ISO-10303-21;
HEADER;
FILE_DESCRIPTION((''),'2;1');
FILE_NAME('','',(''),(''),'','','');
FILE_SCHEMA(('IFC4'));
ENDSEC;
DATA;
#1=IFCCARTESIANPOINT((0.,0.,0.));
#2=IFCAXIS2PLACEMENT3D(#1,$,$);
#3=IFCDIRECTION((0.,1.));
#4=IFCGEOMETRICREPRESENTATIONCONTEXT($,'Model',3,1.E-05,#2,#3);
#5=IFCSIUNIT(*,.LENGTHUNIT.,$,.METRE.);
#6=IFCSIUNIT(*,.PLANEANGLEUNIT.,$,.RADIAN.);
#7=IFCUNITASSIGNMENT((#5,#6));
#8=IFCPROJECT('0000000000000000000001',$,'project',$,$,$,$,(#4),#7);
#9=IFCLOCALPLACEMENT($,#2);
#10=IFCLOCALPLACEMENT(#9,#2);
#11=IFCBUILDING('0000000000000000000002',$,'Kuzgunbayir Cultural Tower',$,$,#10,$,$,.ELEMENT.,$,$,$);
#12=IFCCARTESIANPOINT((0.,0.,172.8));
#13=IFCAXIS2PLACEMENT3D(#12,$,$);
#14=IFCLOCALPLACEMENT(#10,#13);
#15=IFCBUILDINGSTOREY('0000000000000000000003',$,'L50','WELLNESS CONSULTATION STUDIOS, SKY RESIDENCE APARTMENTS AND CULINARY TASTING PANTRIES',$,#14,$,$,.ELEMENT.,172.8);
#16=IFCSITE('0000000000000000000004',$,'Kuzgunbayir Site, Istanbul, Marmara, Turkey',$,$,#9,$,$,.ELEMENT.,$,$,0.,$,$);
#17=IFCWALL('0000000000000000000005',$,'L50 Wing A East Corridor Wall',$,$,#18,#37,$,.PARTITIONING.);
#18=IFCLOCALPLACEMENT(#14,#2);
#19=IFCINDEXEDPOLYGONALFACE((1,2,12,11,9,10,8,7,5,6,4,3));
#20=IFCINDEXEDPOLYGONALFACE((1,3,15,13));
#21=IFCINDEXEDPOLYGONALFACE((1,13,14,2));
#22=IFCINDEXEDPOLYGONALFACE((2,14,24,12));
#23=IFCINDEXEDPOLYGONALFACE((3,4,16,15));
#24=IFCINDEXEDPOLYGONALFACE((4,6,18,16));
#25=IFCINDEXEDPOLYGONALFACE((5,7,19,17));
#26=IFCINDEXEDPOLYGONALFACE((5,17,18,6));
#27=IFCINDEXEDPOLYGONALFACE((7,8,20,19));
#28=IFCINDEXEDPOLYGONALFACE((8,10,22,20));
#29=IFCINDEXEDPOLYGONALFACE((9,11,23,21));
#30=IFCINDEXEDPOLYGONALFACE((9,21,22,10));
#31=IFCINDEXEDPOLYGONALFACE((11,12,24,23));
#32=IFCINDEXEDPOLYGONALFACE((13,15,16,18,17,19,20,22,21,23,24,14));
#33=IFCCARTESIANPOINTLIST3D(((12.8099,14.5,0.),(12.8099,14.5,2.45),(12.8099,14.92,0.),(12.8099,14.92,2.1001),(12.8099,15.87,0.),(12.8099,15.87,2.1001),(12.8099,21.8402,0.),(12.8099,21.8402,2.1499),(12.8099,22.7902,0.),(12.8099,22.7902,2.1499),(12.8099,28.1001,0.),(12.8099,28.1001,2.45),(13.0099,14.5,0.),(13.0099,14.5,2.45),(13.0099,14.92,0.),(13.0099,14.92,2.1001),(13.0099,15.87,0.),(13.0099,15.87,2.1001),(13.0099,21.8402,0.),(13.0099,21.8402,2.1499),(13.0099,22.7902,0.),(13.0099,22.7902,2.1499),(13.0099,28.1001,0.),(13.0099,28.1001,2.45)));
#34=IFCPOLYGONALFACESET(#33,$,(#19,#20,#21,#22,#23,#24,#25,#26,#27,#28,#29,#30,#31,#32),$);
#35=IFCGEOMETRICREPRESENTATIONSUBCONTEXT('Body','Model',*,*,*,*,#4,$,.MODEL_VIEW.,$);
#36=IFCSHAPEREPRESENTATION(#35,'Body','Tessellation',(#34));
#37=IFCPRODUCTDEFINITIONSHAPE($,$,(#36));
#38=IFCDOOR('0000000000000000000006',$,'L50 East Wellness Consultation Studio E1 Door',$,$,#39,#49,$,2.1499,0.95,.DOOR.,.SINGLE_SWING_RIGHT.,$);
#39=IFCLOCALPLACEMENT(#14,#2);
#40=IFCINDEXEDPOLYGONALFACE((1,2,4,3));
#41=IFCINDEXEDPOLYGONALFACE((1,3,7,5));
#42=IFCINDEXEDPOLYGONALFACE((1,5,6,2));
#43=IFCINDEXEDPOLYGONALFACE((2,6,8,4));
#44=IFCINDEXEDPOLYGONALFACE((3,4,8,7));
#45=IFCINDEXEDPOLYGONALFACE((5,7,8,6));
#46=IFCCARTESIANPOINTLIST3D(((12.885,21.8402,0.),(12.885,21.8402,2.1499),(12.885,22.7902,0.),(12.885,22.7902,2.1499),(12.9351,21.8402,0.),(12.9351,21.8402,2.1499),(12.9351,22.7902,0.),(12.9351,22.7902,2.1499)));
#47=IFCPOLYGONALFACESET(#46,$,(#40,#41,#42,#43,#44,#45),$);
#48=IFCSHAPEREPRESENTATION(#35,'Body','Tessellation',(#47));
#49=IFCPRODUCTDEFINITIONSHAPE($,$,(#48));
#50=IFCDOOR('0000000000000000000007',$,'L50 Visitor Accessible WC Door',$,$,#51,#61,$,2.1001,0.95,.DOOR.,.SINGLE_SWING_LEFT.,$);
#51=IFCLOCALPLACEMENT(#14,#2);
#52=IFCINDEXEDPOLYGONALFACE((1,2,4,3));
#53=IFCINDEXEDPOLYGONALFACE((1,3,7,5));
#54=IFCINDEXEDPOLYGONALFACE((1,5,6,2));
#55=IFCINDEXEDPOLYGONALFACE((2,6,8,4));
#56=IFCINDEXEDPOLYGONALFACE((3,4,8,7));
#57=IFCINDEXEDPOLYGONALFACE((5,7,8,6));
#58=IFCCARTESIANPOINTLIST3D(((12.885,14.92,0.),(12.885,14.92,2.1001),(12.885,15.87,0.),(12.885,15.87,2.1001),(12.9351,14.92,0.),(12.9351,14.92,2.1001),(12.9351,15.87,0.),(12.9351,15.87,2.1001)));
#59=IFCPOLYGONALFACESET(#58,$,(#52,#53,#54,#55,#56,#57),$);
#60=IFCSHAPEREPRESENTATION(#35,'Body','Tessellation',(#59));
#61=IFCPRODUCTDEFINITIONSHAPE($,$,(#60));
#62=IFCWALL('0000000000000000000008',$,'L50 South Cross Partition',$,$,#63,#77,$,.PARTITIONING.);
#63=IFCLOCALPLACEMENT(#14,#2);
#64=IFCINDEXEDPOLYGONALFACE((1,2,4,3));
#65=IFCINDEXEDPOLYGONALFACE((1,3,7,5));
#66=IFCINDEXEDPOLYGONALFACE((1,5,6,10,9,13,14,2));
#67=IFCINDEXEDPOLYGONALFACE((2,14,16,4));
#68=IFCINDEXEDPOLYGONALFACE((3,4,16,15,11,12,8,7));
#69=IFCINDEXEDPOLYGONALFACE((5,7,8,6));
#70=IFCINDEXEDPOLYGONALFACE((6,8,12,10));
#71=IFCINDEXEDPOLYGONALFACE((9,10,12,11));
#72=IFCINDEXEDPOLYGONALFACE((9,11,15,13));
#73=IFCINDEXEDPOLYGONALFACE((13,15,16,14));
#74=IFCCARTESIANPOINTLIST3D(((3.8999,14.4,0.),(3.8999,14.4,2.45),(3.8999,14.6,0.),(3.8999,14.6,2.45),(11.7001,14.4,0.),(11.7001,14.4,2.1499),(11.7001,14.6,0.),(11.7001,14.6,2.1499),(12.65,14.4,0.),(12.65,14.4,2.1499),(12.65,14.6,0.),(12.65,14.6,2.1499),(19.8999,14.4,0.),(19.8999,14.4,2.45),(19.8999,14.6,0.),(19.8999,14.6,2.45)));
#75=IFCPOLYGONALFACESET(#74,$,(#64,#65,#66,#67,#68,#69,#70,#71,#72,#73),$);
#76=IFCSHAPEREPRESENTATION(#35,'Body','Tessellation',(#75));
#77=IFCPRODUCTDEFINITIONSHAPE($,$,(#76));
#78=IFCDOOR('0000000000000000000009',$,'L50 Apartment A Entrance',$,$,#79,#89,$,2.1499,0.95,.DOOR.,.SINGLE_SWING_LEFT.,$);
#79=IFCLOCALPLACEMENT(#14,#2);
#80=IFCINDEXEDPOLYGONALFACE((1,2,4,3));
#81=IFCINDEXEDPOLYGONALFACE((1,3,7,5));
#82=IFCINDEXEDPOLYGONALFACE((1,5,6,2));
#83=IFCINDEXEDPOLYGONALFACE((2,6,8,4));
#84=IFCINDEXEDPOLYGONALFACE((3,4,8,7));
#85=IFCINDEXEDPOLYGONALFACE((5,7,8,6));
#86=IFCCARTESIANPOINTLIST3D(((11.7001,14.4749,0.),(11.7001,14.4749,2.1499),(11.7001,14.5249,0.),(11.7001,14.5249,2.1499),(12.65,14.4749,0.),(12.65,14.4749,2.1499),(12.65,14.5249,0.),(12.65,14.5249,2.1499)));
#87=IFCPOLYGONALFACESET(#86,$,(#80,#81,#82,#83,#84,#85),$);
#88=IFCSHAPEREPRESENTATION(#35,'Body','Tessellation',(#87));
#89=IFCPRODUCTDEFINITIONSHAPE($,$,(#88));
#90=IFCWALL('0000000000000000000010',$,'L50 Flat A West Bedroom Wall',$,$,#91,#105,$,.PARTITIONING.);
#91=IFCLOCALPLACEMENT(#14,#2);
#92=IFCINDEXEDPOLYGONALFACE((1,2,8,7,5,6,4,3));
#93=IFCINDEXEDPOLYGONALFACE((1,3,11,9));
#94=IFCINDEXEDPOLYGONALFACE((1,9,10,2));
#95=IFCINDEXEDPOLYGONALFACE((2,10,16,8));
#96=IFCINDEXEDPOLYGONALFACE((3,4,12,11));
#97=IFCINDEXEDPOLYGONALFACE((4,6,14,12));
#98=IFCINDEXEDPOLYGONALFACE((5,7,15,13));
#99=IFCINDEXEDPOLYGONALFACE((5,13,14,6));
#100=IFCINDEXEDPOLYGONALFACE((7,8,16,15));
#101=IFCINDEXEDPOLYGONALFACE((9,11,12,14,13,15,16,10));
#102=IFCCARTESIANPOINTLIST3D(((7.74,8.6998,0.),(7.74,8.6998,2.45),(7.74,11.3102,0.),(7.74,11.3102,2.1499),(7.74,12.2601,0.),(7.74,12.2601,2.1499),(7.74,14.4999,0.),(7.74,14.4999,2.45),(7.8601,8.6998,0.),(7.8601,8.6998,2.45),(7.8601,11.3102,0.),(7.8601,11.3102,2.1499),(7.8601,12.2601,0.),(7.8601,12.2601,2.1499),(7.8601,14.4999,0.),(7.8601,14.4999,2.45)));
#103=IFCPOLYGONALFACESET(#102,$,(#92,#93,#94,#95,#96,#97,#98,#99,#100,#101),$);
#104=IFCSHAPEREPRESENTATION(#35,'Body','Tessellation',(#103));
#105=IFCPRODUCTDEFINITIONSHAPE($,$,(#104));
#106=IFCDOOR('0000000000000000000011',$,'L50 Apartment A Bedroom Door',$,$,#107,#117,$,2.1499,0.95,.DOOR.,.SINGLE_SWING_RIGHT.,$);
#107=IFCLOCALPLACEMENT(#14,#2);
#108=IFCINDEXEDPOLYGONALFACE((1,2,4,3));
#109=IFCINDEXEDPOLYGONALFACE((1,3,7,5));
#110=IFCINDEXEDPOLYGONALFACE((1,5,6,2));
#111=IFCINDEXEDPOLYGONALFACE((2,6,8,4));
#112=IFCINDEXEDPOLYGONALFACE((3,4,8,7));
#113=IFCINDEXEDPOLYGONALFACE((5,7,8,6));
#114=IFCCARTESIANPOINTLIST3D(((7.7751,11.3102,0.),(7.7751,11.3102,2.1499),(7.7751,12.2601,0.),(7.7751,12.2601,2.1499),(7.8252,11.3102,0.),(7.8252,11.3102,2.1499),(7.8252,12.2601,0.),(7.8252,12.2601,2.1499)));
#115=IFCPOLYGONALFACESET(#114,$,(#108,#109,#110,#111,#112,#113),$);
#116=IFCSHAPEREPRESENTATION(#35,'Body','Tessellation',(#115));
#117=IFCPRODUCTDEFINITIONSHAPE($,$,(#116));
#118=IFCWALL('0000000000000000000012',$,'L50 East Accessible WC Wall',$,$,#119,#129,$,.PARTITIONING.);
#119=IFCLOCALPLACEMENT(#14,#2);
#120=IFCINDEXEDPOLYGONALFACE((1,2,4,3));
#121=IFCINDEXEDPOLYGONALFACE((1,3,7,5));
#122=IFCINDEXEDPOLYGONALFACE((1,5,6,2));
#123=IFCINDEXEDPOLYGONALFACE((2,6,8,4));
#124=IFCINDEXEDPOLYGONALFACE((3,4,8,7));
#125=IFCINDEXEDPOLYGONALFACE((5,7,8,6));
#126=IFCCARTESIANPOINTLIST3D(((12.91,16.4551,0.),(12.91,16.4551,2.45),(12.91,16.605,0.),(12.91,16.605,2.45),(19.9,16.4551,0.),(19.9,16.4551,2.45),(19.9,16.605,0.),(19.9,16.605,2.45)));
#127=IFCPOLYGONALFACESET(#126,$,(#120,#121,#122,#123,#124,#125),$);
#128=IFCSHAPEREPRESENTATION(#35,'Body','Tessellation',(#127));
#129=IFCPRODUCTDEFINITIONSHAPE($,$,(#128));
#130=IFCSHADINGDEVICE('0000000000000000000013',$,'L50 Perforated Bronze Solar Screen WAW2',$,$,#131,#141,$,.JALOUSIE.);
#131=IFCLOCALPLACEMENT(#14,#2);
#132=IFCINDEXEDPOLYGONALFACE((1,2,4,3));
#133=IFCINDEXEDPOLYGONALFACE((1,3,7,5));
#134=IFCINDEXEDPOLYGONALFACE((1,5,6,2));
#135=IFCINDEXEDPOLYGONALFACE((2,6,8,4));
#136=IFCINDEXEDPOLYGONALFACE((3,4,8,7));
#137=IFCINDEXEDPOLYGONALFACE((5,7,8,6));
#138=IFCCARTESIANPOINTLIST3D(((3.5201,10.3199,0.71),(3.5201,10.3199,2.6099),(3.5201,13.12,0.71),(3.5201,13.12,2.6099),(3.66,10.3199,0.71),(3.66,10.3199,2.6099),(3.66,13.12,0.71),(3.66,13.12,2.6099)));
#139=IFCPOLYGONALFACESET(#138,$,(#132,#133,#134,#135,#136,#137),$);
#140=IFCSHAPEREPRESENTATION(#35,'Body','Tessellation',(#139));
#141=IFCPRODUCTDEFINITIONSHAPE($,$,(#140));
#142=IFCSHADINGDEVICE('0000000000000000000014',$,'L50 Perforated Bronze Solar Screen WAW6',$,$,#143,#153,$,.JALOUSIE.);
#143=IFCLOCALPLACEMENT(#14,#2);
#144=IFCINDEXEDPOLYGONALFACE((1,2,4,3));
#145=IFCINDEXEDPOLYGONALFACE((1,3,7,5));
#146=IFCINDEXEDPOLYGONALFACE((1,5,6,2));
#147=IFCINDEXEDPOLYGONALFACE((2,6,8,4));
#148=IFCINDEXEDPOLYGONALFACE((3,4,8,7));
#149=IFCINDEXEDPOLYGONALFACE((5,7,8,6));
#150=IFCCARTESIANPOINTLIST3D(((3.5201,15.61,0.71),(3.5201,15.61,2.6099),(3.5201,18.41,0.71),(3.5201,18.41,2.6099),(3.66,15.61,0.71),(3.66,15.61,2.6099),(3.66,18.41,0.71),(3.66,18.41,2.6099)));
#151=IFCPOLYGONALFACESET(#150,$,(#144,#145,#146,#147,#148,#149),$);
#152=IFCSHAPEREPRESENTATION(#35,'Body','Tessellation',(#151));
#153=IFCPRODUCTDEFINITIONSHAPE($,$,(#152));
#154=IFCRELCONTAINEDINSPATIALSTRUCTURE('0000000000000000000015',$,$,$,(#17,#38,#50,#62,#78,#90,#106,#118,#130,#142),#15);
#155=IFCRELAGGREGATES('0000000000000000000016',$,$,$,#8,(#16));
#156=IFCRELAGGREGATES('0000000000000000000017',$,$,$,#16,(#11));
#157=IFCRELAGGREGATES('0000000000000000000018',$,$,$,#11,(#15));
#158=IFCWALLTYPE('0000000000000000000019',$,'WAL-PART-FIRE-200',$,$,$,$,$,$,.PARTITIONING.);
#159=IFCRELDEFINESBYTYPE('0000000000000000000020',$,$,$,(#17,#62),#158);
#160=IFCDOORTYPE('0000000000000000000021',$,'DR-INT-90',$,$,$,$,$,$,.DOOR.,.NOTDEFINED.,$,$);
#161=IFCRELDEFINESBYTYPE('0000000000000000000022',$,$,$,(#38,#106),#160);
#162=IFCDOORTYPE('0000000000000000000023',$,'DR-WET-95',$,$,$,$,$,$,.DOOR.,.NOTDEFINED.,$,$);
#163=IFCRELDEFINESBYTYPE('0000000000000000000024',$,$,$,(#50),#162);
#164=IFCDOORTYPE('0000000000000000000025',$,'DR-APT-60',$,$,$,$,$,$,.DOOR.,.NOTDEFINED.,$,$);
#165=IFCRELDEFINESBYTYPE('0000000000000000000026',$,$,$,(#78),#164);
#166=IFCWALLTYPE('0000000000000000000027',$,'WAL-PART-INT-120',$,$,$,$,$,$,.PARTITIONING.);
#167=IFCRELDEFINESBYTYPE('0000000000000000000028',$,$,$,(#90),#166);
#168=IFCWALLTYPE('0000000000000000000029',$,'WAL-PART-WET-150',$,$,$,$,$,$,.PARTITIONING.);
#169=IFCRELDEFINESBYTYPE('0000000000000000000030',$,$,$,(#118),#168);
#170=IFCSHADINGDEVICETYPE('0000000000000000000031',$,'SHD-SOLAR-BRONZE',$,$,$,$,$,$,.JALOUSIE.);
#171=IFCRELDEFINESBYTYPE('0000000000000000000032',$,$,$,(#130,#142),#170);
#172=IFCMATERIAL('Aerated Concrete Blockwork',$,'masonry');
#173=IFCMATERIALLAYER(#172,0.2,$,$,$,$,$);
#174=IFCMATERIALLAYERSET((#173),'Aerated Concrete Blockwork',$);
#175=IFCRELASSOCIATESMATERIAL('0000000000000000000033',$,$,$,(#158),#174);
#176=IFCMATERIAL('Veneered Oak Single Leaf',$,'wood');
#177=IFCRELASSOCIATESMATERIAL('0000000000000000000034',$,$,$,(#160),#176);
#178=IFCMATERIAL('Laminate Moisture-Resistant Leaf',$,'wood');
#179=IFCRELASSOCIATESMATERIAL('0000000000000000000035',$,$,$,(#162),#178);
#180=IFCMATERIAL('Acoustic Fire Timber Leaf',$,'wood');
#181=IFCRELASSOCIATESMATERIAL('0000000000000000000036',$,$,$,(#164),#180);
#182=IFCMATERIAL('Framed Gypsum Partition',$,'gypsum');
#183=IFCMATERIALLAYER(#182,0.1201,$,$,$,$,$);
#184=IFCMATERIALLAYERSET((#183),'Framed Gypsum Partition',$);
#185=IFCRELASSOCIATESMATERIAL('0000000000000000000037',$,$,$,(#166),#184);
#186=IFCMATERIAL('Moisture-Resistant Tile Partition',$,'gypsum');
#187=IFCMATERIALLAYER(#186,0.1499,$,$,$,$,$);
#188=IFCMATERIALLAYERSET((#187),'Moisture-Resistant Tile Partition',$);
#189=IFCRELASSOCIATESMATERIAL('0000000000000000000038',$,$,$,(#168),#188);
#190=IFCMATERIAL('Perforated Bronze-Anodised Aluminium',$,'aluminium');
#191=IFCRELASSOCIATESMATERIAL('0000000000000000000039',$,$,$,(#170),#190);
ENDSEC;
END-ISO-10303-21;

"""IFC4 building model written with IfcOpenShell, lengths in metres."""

from ifc_helpers import new_model, si_unit, direction, frame, frame_2d, origin, origin_2d, place, context, subcontext, project, spatial, rectangle, extrude, material, layer, layer_set, type_object, element, fill, save


model = new_model("IFC4")

# Units and contexts
model_context = context("Model", 3, precision=1e-05, world=origin(), true_north=direction((0.0, 1.0)))
body_context = subcontext(model_context, "Body", "Model", "MODEL_VIEW")
ifc_project = project(units=[si_unit("LENGTHUNIT", "METRE"), si_unit("PLANEANGLEUNIT", "RADIAN")], contexts=[model_context])

# Site, building, storey
site_placement = place(None, origin())
site = spatial("IfcSite", under=ifc_project, at=site_placement, Name="Kuzgunbayir Site, Istanbul, Marmara, Turkey", CompositionType="ELEMENT", RefElevation=0.0)
building_placement = place(site_placement, origin())
building = spatial("IfcBuilding", under=site, at=building_placement, Name="Kuzgunbayir Cultural Tower", CompositionType="ELEMENT")
storey_placement = place(building_placement, frame((0.0, 0.0, 172.8)))
storey = spatial("IfcBuildingStorey", under=building, at=storey_placement, Name="L50", Description="WELLNESS CONSULTATION STUDIOS, SKY RESIDENCE APARTMENTS AND CULINARY TASTING PANTRIES", CompositionType="ELEMENT", Elevation=172.8)

# Wall, openings, doors
ifc_material_1 = material(Name="Aerated Concrete Blockwork", Category="masonry")
ifc_layer_1 = layer(ifc_material_1, 0.2)
ifc_layer_set_1 = layer_set([ifc_layer_1], Name="Aerated Concrete Blockwork")
wall_type_1 = type_object("IfcWallType", Name="WAL-PART-FIRE-200", PredefinedType="PARTITIONING", material=ifc_layer_set_1)
ifc_material_2 = material(Name="Veneered Oak Single Leaf", Category="wood")
door_type_1 = type_object("IfcDoorType", Name="DR-INT-90", OperationType="NOTDEFINED", PredefinedType="DOOR", material=ifc_material_2)
wall_1_placement = place(storey_placement, frame((12.9099, 14.5, 0.0), z_axis=(0.0, 0.0, 1.0), x_axis=(0.0, 1.0, 0.0)))
wall_1 = element("IfcWall", 1, at=wall_1_placement, inside=storey, type_object=wall_type_1, Name="L50 Wing A East Corridor Wall", PredefinedType="PARTITIONING", context=body_context, shape_type="SweptSolid", body=[
    extrude(rectangle(XDim=13.6001, YDim=0.2, at=frame_2d((6.8, 0.0))), origin(), (0.0, 0.0, 1.0), 2.45),
])
opening_1_placement = place(wall_1_placement, frame((0.4199, 0.0, 0.0)))
opening_1 = element("IfcOpeningElement", 2, at=opening_1_placement, cuts=wall_1, PredefinedType="OPENING", context=body_context, shape_type="SweptSolid", body=[
    extrude(rectangle(XDim=0.95, YDim=2.1001, at=frame_2d((0.4751, 1.05))), frame((0.0, 0.1099, 0.0), z_axis=(0.0, -1.0, 0.0), x_axis=(1.0, 0.0, 0.0)), (0.0, 0.0, 1.0), 0.22),
])
opening_2_placement = place(wall_1_placement, frame((7.3401, 0.0, 0.0)))
opening_2 = element("IfcOpeningElement", 3, at=opening_2_placement, cuts=wall_1, PredefinedType="OPENING", context=body_context, shape_type="SweptSolid", body=[
    extrude(rectangle(XDim=0.95, YDim=2.1499, at=frame_2d((0.4751, 1.075))), frame((0.0, 0.1099, 0.0), z_axis=(0.0, -1.0, 0.0), x_axis=(1.0, 0.0, 0.0)), (0.0, 0.0, 1.0), 0.22),
])
door_1_placement = place(opening_2_placement, origin())
door_1 = element("IfcDoor", 4, at=door_1_placement, inside=storey, type_object=door_type_1, Name="L50 East Wellness Consultation Studio E1 Door", OperationType="SINGLE_SWING_RIGHT", OverallHeight=2.1499, OverallWidth=0.95, PredefinedType="DOOR", context=body_context, shape_type="SweptSolid", body=[
    extrude(rectangle(XDim=0.95, YDim=2.1499, at=frame_2d((0.4751, 1.075))), frame((0.0, 0.0249, 0.0), z_axis=(0.0, -1.0, 0.0), x_axis=(1.0, 0.0, 0.0)), (0.0, 0.0, 1.0), 0.05),
])
fill(opening_2, door_1)
ifc_material_3 = material(Name="Laminate Moisture-Resistant Leaf", Category="wood")
door_type_2 = type_object("IfcDoorType", Name="DR-WET-95", OperationType="NOTDEFINED", PredefinedType="DOOR", material=ifc_material_3)
door_2_placement = place(opening_1_placement, origin())
door_2 = element("IfcDoor", 5, at=door_2_placement, inside=storey, type_object=door_type_2, Name="L50 Visitor Accessible WC Door", OperationType="SINGLE_SWING_LEFT", OverallHeight=2.1001, OverallWidth=0.95, PredefinedType="DOOR", context=body_context, shape_type="SweptSolid", body=[
    extrude(rectangle(XDim=0.95, YDim=2.1001, at=frame_2d((0.4751, 1.05))), frame((0.0, 0.0249, 0.0), z_axis=(0.0, -1.0, 0.0), x_axis=(1.0, 0.0, 0.0)), (0.0, 0.0, 1.0), 0.05),
])
fill(opening_1, door_2)

# Walls, openings, doors
wall_2_placement = place(storey_placement, frame((3.8999, 14.5, 0.0), z_axis=(0.0, 0.0, 1.0), x_axis=(1.0, 0.0, 0.0)))
wall_2 = element("IfcWall", 6, at=wall_2_placement, inside=storey, type_object=wall_type_1, Name="L50 South Cross Partition", PredefinedType="PARTITIONING", context=body_context, shape_type="SweptSolid", body=[
    extrude(rectangle(XDim=16.0, YDim=0.2, at=frame_2d((8.0, 0.0))), origin(), (0.0, 0.0, 1.0), 2.45),
])
opening_3_placement = place(wall_2_placement, frame((7.8, 0.0, 0.0)))
opening_3 = element("IfcOpeningElement", 7, at=opening_3_placement, cuts=wall_2, PredefinedType="OPENING", context=body_context, shape_type="SweptSolid", body=[
    extrude(rectangle(XDim=0.95, YDim=2.1499, at=frame_2d((0.4751, 1.075))), frame((0.0, 0.1099, 0.0), z_axis=(0.0, -1.0, 0.0), x_axis=(1.0, 0.0, 0.0)), (0.0, 0.0, 1.0), 0.22),
])
ifc_material_4 = material(Name="Acoustic Fire Timber Leaf", Category="wood")
door_type_3 = type_object("IfcDoorType", Name="DR-APT-60", OperationType="NOTDEFINED", PredefinedType="DOOR", material=ifc_material_4)
door_3_placement = place(opening_3_placement, origin())
door_3 = element("IfcDoor", 8, at=door_3_placement, inside=storey, type_object=door_type_3, Name="L50 Apartment A Entrance", OperationType="SINGLE_SWING_LEFT", OverallHeight=2.1499, OverallWidth=0.95, PredefinedType="DOOR", context=body_context, shape_type="SweptSolid", body=[
    extrude(rectangle(XDim=0.95, YDim=2.1499, at=frame_2d((0.4751, 1.075))), frame((0.0, 0.0249, 0.0), z_axis=(0.0, -1.0, 0.0), x_axis=(1.0, 0.0, 0.0)), (0.0, 0.0, 1.0), 0.05),
])
fill(opening_3, door_3)
ifc_material_5 = material(Name="Framed Gypsum Partition", Category="gypsum")
ifc_layer_2 = layer(ifc_material_5, 0.1201)
ifc_layer_set_2 = layer_set([ifc_layer_2], Name="Framed Gypsum Partition")
wall_type_2 = type_object("IfcWallType", Name="WAL-PART-INT-120", PredefinedType="PARTITIONING", material=ifc_layer_set_2)
wall_3_placement = place(storey_placement, frame((7.8, 8.7, 0.0), z_axis=(0.0, 0.0, 1.0), x_axis=(0.0, 1.0, 0.0)))
wall_3 = element("IfcWall", 9, at=wall_3_placement, inside=storey, type_object=wall_type_2, Name="L50 Flat A West Bedroom Wall", PredefinedType="PARTITIONING", context=body_context, shape_type="SweptSolid", body=[
    extrude(rectangle(XDim=5.8, YDim=0.1201, at=frame_2d((2.8999, 0.0))), origin(), (0.0, 0.0, 1.0), 2.45),
])
opening_4_placement = place(wall_3_placement, frame((2.6101, 0.0, 0.0)))
opening_4 = element("IfcOpeningElement", 10, at=opening_4_placement, cuts=wall_3, PredefinedType="OPENING", context=body_context, shape_type="SweptSolid", body=[
    extrude(rectangle(XDim=0.95, YDim=2.1499, at=frame_2d((0.4751, 1.075))), frame((0.0, 0.0701, 0.0), z_axis=(0.0, -1.0, 0.0), x_axis=(1.0, 0.0, 0.0)), (0.0, 0.0, 1.0), 0.1401),
])
door_4_placement = place(opening_4_placement, origin())
door_4 = element("IfcDoor", 11, at=door_4_placement, inside=storey, type_object=door_type_1, Name="L50 Apartment A Bedroom Door", OperationType="SINGLE_SWING_RIGHT", OverallHeight=2.1499, OverallWidth=0.95, PredefinedType="DOOR", context=body_context, shape_type="SweptSolid", body=[
    extrude(rectangle(XDim=0.95, YDim=2.1499, at=frame_2d((0.4751, 1.075))), frame((0.0, 0.0249, 0.0), z_axis=(0.0, -1.0, 0.0), x_axis=(1.0, 0.0, 0.0)), (0.0, 0.0, 1.0), 0.05),
])
fill(opening_4, door_4)

# Wall
ifc_material_6 = material(Name="Moisture-Resistant Tile Partition", Category="gypsum")
ifc_layer_3 = layer(ifc_material_6, 0.1499)
ifc_layer_set_3 = layer_set([ifc_layer_3], Name="Moisture-Resistant Tile Partition")
wall_type_3 = type_object("IfcWallType", Name="WAL-PART-WET-150", PredefinedType="PARTITIONING", material=ifc_layer_set_3)
wall_4_placement = place(storey_placement, frame((12.9099, 16.53, 0.0), z_axis=(0.0, 0.0, 1.0), x_axis=(1.0, 0.0, 0.0)))
element("IfcWall", 12, at=wall_4_placement, inside=storey, type_object=wall_type_3, Name="L50 East Accessible WC Wall", PredefinedType="PARTITIONING", context=body_context, shape_type="SweptSolid", body=[
    extrude(rectangle(XDim=6.99, YDim=0.1499, at=frame_2d((3.4951, 0.0))), origin(), (0.0, 0.0, 1.0), 2.45),
])

# Shading devices
ifc_material_7 = material(Name="Perforated Bronze-Anodised Aluminium", Category="aluminium")
shading_device_type = type_object("IfcShadingDeviceType", Name="SHD-SOLAR-BRONZE", PredefinedType="JALOUSIE", material=ifc_material_7)
for number, where, z_axis, x_axis, name in (
    (13, (3.5901, 11.72, 0.71), (0.0, 0.0, 1.0), (1.0, 0.0, 0.0), "L50 Perforated Bronze Solar Screen WAW2"),
    (14, (3.5901, 17.01, 0.71), (0.0, 0.0, 1.0), (1.0, 0.0, 0.0), "L50 Perforated Bronze Solar Screen WAW6"),
):
    element("IfcShadingDevice", number, at=place(storey_placement, frame(where, z_axis=z_axis, x_axis=x_axis)), inside=storey, type_object=shading_device_type, Name=name, PredefinedType="JALOUSIE", context=body_context, shape_type="SweptSolid", body=[
        extrude(rectangle(XDim=0.1399, YDim=2.8, at=origin_2d()), origin(), (0.0, 0.0, 1.0), 1.8999),
    ])

save(model, "model.ifc")
